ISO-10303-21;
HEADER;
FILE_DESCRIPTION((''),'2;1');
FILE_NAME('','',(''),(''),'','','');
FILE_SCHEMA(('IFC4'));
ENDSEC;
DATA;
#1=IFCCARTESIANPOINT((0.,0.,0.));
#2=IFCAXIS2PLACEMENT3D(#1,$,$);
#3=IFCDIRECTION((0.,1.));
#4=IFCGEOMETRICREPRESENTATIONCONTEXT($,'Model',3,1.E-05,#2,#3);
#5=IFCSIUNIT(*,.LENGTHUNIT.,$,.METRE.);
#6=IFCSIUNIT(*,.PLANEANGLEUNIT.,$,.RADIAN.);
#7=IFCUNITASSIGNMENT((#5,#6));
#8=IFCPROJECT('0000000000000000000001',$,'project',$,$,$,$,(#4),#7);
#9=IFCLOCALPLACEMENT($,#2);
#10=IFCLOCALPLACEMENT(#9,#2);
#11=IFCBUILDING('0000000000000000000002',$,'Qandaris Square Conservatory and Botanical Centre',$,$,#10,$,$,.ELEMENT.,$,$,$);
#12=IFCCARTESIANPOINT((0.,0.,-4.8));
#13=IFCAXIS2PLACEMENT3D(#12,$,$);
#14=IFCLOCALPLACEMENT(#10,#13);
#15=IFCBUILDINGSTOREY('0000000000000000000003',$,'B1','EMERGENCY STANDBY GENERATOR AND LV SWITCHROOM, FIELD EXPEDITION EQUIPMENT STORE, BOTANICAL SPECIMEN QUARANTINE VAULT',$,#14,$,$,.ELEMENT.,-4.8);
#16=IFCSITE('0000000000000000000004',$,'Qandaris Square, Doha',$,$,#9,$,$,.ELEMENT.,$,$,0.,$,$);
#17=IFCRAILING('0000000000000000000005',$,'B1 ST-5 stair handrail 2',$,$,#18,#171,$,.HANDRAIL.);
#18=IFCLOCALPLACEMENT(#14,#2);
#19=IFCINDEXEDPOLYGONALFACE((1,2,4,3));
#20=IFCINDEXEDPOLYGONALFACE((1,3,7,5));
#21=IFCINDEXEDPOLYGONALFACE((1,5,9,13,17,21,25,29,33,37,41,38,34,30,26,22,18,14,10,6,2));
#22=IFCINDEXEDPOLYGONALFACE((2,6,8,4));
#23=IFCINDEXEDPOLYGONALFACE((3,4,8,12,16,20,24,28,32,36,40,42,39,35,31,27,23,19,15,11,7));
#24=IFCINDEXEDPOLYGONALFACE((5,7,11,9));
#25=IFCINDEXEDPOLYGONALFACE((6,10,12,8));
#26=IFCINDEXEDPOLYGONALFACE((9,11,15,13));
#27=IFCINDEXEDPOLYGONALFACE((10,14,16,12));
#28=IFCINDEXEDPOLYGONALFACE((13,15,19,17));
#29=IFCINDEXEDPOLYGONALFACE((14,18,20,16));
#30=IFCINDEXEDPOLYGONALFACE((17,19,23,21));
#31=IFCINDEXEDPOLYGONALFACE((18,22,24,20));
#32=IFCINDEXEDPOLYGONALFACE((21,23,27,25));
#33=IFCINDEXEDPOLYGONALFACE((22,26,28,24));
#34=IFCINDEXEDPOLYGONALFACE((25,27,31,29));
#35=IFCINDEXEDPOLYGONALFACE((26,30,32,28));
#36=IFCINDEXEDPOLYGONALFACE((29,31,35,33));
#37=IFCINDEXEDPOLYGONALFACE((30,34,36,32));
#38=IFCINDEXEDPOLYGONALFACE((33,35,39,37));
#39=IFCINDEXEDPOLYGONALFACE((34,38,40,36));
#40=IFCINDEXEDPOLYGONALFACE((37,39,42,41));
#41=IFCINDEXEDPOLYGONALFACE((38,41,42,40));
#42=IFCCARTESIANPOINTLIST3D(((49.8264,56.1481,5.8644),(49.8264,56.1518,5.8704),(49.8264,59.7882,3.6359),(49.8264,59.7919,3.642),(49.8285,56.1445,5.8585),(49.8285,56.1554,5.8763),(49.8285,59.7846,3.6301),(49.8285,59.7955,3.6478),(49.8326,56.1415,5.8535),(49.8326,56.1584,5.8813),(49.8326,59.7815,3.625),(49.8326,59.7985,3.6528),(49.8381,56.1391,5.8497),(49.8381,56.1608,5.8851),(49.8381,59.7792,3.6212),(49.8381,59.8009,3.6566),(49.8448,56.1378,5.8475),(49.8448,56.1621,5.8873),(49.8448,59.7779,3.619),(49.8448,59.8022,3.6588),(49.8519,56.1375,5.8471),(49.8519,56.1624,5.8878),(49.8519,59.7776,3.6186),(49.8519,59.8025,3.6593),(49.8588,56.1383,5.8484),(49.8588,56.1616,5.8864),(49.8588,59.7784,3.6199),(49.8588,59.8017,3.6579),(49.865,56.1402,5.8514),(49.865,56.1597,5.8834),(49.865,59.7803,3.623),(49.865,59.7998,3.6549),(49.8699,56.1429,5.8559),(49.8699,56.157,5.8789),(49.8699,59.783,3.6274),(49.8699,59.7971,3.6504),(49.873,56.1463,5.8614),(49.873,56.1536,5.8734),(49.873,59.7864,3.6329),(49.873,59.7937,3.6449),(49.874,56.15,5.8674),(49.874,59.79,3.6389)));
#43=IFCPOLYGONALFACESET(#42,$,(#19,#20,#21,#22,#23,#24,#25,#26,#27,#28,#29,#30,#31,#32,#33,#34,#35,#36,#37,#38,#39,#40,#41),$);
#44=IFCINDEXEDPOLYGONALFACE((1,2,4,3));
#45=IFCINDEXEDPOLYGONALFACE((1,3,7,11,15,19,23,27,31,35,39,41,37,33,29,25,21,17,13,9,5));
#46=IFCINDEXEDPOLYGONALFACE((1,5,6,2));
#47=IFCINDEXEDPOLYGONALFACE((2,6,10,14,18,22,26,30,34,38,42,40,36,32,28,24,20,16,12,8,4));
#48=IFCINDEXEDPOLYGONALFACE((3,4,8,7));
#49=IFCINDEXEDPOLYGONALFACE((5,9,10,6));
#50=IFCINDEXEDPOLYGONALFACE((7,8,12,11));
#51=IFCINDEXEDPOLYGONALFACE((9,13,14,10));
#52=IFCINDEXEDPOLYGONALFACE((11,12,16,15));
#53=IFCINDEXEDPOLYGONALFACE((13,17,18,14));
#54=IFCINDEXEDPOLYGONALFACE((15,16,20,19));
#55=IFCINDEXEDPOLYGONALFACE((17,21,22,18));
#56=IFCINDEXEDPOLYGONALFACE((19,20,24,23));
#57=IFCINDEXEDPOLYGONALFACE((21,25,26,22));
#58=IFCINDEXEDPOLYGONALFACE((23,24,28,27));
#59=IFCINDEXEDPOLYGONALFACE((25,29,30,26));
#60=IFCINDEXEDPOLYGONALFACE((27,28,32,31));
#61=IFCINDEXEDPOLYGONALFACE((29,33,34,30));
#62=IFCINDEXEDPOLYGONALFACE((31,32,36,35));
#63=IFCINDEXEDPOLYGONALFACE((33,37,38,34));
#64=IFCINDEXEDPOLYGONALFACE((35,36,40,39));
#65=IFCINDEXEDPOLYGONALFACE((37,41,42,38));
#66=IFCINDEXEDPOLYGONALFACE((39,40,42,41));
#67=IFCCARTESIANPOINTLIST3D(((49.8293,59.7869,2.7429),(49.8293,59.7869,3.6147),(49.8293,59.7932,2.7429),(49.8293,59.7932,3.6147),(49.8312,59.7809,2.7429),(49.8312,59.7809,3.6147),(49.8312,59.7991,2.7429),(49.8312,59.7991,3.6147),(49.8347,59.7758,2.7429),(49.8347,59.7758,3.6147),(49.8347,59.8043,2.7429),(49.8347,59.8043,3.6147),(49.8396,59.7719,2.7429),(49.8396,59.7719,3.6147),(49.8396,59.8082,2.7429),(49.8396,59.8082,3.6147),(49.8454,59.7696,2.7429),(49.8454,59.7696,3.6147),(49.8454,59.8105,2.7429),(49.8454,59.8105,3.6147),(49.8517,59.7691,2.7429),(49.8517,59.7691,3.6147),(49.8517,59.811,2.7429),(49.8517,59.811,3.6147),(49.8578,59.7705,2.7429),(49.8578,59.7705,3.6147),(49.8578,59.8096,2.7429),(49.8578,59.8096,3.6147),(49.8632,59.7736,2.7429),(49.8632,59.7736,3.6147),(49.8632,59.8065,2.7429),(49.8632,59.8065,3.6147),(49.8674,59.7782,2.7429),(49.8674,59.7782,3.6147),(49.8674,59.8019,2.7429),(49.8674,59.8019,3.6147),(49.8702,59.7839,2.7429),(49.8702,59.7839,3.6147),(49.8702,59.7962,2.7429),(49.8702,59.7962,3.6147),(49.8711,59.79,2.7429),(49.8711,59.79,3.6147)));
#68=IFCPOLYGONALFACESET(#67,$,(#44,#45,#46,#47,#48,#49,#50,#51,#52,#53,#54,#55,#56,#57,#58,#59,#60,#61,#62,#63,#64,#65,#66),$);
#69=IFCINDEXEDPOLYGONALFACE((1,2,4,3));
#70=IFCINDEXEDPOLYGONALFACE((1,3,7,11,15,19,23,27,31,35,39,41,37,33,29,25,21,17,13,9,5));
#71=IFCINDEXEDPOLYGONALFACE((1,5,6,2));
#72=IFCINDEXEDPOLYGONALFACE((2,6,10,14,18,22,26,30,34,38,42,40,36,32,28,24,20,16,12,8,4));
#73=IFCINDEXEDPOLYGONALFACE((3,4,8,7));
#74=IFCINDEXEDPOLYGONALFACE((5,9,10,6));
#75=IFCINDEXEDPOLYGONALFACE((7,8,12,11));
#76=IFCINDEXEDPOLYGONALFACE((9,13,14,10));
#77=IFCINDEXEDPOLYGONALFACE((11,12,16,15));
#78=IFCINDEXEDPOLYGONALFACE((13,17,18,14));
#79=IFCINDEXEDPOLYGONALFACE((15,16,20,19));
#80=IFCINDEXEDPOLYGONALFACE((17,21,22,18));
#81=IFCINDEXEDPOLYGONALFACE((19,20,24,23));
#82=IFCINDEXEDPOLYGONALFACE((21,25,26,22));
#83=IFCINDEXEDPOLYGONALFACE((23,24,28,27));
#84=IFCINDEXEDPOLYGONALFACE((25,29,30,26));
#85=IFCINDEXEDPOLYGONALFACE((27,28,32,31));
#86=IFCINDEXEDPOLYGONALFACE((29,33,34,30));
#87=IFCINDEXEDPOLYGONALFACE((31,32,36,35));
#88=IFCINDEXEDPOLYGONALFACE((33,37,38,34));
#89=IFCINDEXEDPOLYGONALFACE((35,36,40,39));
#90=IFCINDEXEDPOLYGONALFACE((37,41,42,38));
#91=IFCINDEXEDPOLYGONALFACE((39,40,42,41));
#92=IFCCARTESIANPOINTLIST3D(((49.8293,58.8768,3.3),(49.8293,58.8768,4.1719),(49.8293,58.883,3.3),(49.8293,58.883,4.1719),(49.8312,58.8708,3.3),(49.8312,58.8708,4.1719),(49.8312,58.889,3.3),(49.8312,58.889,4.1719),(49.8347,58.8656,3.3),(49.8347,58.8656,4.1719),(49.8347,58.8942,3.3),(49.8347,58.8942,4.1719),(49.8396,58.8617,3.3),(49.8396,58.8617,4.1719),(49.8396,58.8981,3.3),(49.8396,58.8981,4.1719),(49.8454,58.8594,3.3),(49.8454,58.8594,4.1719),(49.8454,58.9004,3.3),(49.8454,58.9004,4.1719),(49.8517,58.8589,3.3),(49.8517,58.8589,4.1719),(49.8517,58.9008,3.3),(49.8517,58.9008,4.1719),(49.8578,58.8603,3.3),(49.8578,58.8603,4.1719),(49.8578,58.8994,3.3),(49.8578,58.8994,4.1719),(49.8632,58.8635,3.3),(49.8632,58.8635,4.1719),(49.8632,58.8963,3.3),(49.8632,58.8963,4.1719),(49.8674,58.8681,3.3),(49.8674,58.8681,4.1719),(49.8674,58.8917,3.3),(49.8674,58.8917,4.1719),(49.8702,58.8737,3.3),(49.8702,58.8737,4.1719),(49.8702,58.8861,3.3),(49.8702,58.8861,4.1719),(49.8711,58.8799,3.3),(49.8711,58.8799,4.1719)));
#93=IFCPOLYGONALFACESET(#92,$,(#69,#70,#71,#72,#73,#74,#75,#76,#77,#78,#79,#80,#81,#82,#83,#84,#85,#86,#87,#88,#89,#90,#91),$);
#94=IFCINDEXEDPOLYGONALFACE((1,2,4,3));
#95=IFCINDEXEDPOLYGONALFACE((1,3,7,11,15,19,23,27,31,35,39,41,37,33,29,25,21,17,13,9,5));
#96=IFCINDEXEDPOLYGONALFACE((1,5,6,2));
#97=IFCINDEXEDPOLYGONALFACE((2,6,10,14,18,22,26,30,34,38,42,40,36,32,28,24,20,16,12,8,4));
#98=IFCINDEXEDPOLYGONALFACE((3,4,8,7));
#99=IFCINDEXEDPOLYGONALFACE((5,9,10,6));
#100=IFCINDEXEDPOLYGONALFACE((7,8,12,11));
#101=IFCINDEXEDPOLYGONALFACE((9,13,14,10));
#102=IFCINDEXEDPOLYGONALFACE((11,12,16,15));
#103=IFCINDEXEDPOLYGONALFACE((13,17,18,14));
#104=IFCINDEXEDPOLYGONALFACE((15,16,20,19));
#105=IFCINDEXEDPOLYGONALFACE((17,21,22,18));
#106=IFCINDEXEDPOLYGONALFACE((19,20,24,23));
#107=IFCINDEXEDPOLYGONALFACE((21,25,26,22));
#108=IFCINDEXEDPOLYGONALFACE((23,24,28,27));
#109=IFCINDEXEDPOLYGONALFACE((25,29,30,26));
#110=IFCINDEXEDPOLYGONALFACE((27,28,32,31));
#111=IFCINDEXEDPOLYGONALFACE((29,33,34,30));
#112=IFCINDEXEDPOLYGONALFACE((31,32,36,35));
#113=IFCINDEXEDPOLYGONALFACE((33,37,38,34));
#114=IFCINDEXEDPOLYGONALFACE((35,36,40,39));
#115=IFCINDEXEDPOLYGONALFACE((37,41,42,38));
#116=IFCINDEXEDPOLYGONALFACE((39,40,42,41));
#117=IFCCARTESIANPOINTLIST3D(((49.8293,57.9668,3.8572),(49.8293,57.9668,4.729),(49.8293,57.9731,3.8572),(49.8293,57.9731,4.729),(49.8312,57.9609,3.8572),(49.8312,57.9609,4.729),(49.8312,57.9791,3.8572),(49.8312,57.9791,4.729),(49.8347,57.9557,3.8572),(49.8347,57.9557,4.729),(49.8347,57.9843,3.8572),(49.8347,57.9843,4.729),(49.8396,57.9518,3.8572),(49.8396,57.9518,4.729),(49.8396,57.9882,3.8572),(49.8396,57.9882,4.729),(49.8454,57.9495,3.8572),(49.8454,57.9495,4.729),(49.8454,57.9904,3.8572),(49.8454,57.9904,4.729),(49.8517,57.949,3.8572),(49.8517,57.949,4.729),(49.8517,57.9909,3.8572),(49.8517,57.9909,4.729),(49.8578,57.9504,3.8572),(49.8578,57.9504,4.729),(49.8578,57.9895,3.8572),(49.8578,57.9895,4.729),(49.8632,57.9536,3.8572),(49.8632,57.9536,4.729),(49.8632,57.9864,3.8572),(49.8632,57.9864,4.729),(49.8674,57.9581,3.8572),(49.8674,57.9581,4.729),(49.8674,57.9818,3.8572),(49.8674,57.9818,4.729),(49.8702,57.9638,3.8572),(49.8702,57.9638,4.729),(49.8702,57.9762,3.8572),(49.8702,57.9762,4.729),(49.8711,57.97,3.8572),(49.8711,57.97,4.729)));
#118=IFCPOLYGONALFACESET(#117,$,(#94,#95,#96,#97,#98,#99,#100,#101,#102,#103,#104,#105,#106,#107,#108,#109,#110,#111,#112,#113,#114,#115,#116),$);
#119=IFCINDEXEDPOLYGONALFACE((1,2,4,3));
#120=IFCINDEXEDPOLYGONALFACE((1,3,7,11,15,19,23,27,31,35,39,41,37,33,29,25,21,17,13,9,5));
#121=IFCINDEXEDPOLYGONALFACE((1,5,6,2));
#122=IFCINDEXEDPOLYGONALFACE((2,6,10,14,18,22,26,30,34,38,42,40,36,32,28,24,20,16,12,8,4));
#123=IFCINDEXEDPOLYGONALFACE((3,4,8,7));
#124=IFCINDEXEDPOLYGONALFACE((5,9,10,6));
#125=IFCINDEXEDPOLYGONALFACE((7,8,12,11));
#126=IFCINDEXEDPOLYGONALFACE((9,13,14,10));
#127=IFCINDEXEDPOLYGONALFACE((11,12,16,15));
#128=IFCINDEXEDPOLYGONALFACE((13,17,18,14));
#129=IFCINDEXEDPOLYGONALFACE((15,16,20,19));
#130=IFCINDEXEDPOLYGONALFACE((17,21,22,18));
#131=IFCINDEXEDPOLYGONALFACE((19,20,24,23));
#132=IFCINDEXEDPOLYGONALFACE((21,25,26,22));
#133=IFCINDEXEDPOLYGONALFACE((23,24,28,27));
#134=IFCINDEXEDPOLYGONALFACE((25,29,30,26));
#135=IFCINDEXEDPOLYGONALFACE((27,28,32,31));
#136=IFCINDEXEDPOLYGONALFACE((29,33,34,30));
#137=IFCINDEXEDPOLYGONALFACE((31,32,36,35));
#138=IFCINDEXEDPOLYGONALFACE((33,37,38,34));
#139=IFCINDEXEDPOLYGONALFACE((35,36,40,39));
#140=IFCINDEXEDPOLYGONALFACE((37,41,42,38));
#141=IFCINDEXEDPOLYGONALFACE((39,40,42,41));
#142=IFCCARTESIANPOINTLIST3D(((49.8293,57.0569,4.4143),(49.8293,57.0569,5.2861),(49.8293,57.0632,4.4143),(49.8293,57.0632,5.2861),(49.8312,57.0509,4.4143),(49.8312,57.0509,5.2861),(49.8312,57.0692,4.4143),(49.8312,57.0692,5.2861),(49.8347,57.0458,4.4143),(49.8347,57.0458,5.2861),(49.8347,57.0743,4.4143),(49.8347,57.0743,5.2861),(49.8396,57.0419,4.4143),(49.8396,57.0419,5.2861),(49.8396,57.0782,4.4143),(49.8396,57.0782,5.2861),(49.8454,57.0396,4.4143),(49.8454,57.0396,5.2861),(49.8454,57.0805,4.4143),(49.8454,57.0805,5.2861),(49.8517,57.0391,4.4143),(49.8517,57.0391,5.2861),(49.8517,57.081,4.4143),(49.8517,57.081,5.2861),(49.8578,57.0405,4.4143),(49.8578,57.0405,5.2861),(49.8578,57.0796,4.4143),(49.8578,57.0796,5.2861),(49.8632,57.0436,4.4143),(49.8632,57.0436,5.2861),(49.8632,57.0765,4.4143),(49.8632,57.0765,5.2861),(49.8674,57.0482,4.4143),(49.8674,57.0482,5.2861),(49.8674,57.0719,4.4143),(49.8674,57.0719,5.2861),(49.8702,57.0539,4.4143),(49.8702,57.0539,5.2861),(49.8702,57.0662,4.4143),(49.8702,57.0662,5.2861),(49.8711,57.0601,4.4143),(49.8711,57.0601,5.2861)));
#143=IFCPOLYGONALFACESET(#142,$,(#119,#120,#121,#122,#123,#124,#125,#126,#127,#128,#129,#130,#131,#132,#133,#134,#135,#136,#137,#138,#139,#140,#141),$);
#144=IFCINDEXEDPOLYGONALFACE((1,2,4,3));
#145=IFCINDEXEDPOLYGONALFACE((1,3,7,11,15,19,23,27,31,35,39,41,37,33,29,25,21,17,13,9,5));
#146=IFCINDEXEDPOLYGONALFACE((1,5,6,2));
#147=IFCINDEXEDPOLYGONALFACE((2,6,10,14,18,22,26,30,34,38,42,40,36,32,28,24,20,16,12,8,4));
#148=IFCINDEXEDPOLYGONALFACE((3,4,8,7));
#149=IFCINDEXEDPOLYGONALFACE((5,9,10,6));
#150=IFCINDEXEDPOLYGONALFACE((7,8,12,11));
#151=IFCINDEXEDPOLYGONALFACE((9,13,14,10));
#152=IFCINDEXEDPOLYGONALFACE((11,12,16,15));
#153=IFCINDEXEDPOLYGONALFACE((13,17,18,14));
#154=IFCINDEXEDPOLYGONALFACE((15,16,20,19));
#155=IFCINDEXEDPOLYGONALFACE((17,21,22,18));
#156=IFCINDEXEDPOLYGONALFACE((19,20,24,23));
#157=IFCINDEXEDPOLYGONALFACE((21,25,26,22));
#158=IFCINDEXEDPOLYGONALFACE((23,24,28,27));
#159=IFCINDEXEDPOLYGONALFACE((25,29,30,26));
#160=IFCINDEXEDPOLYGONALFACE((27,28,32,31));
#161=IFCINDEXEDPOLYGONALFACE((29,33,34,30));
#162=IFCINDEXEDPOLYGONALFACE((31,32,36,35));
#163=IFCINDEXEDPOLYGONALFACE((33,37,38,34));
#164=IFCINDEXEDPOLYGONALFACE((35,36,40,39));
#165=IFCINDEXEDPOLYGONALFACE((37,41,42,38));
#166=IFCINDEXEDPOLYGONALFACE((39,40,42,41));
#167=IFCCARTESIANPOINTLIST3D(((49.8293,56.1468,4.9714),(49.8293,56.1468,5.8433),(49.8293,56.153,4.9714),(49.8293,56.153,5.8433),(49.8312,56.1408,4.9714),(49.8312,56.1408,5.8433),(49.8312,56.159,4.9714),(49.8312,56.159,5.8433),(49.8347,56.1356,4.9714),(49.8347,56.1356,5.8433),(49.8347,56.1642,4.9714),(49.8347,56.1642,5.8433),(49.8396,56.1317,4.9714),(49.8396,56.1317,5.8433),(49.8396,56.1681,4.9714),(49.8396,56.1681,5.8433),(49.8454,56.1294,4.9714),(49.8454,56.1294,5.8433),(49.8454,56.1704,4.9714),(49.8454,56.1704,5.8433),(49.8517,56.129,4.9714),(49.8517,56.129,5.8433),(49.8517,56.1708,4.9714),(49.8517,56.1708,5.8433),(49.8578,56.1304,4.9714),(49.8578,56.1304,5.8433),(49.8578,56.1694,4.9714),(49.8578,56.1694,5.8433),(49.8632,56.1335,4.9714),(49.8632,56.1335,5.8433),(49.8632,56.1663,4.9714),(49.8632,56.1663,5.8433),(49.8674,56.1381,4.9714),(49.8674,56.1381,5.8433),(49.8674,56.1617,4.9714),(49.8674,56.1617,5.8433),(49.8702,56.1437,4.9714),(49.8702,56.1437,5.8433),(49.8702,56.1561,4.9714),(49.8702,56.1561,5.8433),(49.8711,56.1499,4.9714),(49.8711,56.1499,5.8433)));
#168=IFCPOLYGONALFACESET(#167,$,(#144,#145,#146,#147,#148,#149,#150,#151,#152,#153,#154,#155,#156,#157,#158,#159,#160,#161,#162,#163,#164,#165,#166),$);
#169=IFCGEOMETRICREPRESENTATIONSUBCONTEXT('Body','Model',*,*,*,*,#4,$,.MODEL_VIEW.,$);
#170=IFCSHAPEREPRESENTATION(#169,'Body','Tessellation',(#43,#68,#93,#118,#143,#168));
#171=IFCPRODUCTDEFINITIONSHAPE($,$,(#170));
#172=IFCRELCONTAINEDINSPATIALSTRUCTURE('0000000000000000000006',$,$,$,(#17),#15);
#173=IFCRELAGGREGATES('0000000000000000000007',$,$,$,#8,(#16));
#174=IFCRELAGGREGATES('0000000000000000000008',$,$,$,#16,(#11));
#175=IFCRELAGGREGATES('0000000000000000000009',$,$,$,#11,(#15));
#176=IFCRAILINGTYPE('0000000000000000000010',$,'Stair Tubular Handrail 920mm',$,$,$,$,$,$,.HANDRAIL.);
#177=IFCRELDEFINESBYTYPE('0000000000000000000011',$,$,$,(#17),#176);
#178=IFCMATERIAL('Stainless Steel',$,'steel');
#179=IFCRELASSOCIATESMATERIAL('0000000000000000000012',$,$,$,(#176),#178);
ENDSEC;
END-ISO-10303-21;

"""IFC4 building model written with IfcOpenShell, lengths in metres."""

from ifc_helpers import new_model, si_unit, direction, frame, origin, origin_2d, place, context, subcontext, project, spatial, circle, extrude, material, type_object, element, save


model = new_model("IFC4")

# Units and contexts
model_context = context("Model", 3, precision=1e-05, world=origin(), true_north=direction((0.0, 1.0)))
body_context = subcontext(model_context, "Body", "Model", "MODEL_VIEW")
ifc_project = project(units=[si_unit("LENGTHUNIT", "METRE"), si_unit("PLANEANGLEUNIT", "RADIAN")], contexts=[model_context])

# Site, building, storey
site_placement = place(None, origin())
site = spatial("IfcSite", under=ifc_project, at=site_placement, Name="Qandaris Square, Doha", CompositionType="ELEMENT", RefElevation=0.0)
building_placement = place(site_placement, origin())
building = spatial("IfcBuilding", under=site, at=building_placement, Name="Qandaris Square Conservatory and Botanical Centre", CompositionType="ELEMENT")
storey_placement = place(building_placement, frame((0.0, 0.0, -4.8)))
storey = spatial("IfcBuildingStorey", under=building, at=storey_placement, Name="B1", Description="EMERGENCY STANDBY GENERATOR AND LV SWITCHROOM, FIELD EXPEDITION EQUIPMENT STORE, BOTANICAL SPECIMEN QUARANTINE VAULT", CompositionType="ELEMENT", Elevation=-4.8)

# Railing
ifc_material_1 = material(Name="Stainless Steel", Category="steel")
railing_type_1 = type_object("IfcRailingType", Name="Stair Tubular Handrail 920mm", PredefinedType="HANDRAIL", material=ifc_material_1)
railing_1_placement = place(storey_placement, frame((49.8501, 59.79, 2.7429)))
element("IfcRailing", 1, at=railing_1_placement, inside=storey, type_object=railing_type_1, Name="B1 ST-5 stair handrail 2", PredefinedType="HANDRAIL", context=body_context, shape_type="SweptSolid", body=[
    extrude(circle(Radius=0.0239, at=origin_2d()), frame((0.0, 0.0, 0.896), z_axis=(0.0, -0.852866, 0.52213), x_axis=(1.0, 0.0, 0.0)), (0.0, 0.0, 1.0), 4.2681),
    extrude(circle(Radius=0.021, at=origin_2d()), origin(), (0.0, 0.0, 1.0), 0.8718),
    extrude(circle(Radius=0.021, at=origin_2d()), frame((0.0, -0.9102, 0.5571)), (0.0, 0.0, 1.0), 0.8718),
    extrude(circle(Radius=0.021, at=origin_2d()), frame((0.0, -1.8201, 1.1143)), (0.0, 0.0, 1.0), 0.8718),
    extrude(circle(Radius=0.021, at=origin_2d()), frame((0.0, -2.73, 1.6714)), (0.0, 0.0, 1.0), 0.8718),
    extrude(circle(Radius=0.021, at=origin_2d()), frame((0.0, -3.6401, 2.2285)), (0.0, 0.0, 1.0), 0.8718),
])

save(model, "model.ifc")
